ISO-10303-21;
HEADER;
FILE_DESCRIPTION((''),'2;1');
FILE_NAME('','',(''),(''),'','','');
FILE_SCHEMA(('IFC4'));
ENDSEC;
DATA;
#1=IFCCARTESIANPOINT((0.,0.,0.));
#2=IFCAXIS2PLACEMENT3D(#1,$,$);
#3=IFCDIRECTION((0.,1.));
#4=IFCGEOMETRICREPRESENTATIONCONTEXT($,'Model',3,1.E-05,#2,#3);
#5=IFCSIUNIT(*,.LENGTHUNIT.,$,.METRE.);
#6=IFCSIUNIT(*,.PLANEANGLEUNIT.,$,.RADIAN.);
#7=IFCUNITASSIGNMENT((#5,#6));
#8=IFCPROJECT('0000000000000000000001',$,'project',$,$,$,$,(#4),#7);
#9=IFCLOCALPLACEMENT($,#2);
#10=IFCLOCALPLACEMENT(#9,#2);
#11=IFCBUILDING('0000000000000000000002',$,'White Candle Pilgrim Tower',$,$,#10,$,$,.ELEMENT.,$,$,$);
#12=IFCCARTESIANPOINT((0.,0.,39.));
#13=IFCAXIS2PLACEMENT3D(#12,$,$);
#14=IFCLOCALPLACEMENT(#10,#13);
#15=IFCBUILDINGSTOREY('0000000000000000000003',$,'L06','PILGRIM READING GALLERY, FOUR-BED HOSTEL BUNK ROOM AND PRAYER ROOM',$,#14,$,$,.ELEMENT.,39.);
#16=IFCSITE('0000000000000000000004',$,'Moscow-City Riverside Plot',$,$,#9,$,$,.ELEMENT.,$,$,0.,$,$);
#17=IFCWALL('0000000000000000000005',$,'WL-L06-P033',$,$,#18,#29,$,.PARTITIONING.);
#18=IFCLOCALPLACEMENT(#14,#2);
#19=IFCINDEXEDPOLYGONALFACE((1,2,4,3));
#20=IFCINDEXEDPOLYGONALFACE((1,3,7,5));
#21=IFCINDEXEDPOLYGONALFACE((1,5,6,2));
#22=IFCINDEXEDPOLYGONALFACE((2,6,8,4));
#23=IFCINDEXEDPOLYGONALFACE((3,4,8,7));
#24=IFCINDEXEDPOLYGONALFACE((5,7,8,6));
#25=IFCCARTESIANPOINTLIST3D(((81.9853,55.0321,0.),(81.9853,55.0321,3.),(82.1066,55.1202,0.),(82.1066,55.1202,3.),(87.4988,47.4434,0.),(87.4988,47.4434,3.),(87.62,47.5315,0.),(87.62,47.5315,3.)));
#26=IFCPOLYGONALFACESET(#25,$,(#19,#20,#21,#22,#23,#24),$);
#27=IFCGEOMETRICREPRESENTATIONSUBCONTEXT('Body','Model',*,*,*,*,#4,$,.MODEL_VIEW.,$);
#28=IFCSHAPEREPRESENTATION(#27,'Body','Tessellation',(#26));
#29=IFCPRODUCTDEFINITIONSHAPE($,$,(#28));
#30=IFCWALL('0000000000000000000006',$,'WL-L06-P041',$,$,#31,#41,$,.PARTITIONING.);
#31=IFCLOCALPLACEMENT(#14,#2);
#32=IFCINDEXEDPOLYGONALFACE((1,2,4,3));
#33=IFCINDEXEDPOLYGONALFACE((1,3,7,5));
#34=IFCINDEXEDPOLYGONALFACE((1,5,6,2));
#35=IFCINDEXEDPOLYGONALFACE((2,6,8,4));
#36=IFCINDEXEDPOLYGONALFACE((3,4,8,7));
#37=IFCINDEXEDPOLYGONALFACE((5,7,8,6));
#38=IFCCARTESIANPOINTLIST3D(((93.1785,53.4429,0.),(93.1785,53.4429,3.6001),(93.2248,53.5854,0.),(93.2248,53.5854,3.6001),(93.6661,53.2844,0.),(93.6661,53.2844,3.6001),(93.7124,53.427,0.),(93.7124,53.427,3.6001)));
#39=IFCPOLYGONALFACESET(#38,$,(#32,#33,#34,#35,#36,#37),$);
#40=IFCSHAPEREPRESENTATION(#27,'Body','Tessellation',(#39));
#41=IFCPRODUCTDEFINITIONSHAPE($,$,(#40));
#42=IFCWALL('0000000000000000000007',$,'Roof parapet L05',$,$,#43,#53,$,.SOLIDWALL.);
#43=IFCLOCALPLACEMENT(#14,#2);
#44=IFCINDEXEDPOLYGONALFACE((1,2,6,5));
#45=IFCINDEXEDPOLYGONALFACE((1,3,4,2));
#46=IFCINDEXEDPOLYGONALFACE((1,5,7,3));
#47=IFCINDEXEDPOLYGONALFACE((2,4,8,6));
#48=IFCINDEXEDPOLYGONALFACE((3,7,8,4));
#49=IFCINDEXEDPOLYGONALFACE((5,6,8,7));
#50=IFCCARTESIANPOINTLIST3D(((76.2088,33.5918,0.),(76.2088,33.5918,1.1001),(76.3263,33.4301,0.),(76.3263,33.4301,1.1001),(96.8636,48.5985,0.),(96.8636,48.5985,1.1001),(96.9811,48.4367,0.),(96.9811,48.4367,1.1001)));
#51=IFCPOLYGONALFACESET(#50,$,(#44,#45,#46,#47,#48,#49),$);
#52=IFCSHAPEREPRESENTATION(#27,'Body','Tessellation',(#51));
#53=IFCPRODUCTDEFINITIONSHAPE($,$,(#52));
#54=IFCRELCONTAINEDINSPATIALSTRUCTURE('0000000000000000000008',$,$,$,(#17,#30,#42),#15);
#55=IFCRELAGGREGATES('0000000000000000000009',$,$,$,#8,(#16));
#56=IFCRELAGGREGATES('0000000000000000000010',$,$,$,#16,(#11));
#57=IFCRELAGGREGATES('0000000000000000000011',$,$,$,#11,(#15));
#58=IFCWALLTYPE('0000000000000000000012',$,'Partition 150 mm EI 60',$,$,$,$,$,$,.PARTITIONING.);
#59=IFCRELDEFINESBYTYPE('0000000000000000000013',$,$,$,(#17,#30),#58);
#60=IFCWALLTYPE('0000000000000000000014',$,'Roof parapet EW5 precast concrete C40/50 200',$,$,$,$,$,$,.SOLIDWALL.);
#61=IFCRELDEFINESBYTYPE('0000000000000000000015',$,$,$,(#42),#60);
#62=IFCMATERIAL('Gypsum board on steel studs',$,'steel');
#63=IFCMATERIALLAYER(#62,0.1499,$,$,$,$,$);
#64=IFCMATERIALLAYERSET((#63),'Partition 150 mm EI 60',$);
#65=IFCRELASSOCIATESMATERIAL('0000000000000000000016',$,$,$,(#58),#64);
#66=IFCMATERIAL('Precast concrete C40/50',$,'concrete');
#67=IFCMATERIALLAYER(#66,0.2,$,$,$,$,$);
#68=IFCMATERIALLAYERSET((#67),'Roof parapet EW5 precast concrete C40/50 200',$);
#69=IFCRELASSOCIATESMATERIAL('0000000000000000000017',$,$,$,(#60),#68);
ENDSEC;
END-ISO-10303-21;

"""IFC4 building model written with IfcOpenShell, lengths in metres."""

from ifc_helpers import new_model, si_unit, direction, frame, frame_2d, origin, place, context, subcontext, project, spatial, rectangle, extrude, material, layer, layer_set, type_object, element, save


model = new_model("IFC4")

# Units and contexts
model_context = context("Model", 3, precision=1e-05, world=origin(), true_north=direction((0.0, 1.0)))
body_context = subcontext(model_context, "Body", "Model", "MODEL_VIEW")
ifc_project = project(units=[si_unit("LENGTHUNIT", "METRE"), si_unit("PLANEANGLEUNIT", "RADIAN")], contexts=[model_context])

# Site, building, storey
site_placement = place(None, origin())
site = spatial("IfcSite", under=ifc_project, at=site_placement, Name="Moscow-City Riverside Plot", CompositionType="ELEMENT", RefElevation=0.0)
building_placement = place(site_placement, origin())
building = spatial("IfcBuilding", under=site, at=building_placement, Name="White Candle Pilgrim Tower", CompositionType="ELEMENT")
storey_placement = place(building_placement, frame((0.0, 0.0, 39.0)))
storey = spatial("IfcBuildingStorey", under=building, at=storey_placement, Name="L06", Description="PILGRIM READING GALLERY, FOUR-BED HOSTEL BUNK ROOM AND PRAYER ROOM", CompositionType="ELEMENT", Elevation=39.0)

# Shared definitions
ifc_material_1 = material(Name="Gypsum board on steel studs", Category="steel")

# Shared definitions
ifc_material_2 = material(Name="Precast concrete C40/50", Category="concrete")

# Walls
ifc_layer_1 = layer(ifc_material_1, 0.1499)
ifc_layer_set_1 = layer_set([ifc_layer_1], Name="Partition 150 mm EI 60")
wall_type_1 = type_object("IfcWallType", Name="Partition 150 mm EI 60", PredefinedType="PARTITIONING", material=ifc_layer_set_1)
wall_1_placement = place(storey_placement, frame((87.5593, 47.4875, 0.0), z_axis=(0.0, 0.0, 1.0), x_axis=(-0.587783, 0.809018, 0.0)))
element("IfcWall", 1, at=wall_1_placement, inside=storey, type_object=wall_type_1, Name="WL-L06-P033", PredefinedType="PARTITIONING", context=body_context, shape_type="SweptSolid", body=[
    extrude(rectangle(XDim=9.3801, YDim=0.1499, at=frame_2d((4.6899, 0.0))), origin(), (0.0, 0.0, 1.0), 3.0),
])
wall_2_placement = place(storey_placement, frame((93.2017, 53.5142, 0.0), z_axis=(0.0, 0.0, 1.0), x_axis=(0.951038, -0.309075, 0.0)))
element("IfcWall", 2, at=wall_2_placement, inside=storey, type_object=wall_type_1, Name="WL-L06-P041", PredefinedType="PARTITIONING", context=body_context, shape_type="SweptSolid", body=[
    extrude(rectangle(XDim=0.5127, YDim=0.1499, at=frame_2d((0.2563, 0.0))), origin(), (0.0, 0.0, 1.0), 3.6001),
])
ifc_layer_2 = layer(ifc_material_2, 0.2)
ifc_layer_set_2 = layer_set([ifc_layer_2], Name="Roof parapet EW5 precast concrete C40/50 200")
wall_type_2 = type_object("IfcWallType", Name="Roof parapet EW5 precast concrete C40/50 200", PredefinedType="SOLIDWALL", material=ifc_layer_set_2)
wall_3_placement = place(storey_placement, frame((96.9224, 48.5176, 0.0), z_axis=(0.0, 0.0, 1.0), x_axis=(-0.809017, -0.587786, 0.0)))
element("IfcWall", 3, at=wall_3_placement, inside=storey, type_object=wall_type_2, Name="Roof parapet L05", PredefinedType="SOLIDWALL", context=body_context, shape_type="SweptSolid", body=[
    extrude(rectangle(XDim=25.5308, YDim=0.2, at=frame_2d((12.7654, 0.0))), origin(), (0.0, 0.0, 1.0), 1.1001),
])

save(model, "model.ifc")
